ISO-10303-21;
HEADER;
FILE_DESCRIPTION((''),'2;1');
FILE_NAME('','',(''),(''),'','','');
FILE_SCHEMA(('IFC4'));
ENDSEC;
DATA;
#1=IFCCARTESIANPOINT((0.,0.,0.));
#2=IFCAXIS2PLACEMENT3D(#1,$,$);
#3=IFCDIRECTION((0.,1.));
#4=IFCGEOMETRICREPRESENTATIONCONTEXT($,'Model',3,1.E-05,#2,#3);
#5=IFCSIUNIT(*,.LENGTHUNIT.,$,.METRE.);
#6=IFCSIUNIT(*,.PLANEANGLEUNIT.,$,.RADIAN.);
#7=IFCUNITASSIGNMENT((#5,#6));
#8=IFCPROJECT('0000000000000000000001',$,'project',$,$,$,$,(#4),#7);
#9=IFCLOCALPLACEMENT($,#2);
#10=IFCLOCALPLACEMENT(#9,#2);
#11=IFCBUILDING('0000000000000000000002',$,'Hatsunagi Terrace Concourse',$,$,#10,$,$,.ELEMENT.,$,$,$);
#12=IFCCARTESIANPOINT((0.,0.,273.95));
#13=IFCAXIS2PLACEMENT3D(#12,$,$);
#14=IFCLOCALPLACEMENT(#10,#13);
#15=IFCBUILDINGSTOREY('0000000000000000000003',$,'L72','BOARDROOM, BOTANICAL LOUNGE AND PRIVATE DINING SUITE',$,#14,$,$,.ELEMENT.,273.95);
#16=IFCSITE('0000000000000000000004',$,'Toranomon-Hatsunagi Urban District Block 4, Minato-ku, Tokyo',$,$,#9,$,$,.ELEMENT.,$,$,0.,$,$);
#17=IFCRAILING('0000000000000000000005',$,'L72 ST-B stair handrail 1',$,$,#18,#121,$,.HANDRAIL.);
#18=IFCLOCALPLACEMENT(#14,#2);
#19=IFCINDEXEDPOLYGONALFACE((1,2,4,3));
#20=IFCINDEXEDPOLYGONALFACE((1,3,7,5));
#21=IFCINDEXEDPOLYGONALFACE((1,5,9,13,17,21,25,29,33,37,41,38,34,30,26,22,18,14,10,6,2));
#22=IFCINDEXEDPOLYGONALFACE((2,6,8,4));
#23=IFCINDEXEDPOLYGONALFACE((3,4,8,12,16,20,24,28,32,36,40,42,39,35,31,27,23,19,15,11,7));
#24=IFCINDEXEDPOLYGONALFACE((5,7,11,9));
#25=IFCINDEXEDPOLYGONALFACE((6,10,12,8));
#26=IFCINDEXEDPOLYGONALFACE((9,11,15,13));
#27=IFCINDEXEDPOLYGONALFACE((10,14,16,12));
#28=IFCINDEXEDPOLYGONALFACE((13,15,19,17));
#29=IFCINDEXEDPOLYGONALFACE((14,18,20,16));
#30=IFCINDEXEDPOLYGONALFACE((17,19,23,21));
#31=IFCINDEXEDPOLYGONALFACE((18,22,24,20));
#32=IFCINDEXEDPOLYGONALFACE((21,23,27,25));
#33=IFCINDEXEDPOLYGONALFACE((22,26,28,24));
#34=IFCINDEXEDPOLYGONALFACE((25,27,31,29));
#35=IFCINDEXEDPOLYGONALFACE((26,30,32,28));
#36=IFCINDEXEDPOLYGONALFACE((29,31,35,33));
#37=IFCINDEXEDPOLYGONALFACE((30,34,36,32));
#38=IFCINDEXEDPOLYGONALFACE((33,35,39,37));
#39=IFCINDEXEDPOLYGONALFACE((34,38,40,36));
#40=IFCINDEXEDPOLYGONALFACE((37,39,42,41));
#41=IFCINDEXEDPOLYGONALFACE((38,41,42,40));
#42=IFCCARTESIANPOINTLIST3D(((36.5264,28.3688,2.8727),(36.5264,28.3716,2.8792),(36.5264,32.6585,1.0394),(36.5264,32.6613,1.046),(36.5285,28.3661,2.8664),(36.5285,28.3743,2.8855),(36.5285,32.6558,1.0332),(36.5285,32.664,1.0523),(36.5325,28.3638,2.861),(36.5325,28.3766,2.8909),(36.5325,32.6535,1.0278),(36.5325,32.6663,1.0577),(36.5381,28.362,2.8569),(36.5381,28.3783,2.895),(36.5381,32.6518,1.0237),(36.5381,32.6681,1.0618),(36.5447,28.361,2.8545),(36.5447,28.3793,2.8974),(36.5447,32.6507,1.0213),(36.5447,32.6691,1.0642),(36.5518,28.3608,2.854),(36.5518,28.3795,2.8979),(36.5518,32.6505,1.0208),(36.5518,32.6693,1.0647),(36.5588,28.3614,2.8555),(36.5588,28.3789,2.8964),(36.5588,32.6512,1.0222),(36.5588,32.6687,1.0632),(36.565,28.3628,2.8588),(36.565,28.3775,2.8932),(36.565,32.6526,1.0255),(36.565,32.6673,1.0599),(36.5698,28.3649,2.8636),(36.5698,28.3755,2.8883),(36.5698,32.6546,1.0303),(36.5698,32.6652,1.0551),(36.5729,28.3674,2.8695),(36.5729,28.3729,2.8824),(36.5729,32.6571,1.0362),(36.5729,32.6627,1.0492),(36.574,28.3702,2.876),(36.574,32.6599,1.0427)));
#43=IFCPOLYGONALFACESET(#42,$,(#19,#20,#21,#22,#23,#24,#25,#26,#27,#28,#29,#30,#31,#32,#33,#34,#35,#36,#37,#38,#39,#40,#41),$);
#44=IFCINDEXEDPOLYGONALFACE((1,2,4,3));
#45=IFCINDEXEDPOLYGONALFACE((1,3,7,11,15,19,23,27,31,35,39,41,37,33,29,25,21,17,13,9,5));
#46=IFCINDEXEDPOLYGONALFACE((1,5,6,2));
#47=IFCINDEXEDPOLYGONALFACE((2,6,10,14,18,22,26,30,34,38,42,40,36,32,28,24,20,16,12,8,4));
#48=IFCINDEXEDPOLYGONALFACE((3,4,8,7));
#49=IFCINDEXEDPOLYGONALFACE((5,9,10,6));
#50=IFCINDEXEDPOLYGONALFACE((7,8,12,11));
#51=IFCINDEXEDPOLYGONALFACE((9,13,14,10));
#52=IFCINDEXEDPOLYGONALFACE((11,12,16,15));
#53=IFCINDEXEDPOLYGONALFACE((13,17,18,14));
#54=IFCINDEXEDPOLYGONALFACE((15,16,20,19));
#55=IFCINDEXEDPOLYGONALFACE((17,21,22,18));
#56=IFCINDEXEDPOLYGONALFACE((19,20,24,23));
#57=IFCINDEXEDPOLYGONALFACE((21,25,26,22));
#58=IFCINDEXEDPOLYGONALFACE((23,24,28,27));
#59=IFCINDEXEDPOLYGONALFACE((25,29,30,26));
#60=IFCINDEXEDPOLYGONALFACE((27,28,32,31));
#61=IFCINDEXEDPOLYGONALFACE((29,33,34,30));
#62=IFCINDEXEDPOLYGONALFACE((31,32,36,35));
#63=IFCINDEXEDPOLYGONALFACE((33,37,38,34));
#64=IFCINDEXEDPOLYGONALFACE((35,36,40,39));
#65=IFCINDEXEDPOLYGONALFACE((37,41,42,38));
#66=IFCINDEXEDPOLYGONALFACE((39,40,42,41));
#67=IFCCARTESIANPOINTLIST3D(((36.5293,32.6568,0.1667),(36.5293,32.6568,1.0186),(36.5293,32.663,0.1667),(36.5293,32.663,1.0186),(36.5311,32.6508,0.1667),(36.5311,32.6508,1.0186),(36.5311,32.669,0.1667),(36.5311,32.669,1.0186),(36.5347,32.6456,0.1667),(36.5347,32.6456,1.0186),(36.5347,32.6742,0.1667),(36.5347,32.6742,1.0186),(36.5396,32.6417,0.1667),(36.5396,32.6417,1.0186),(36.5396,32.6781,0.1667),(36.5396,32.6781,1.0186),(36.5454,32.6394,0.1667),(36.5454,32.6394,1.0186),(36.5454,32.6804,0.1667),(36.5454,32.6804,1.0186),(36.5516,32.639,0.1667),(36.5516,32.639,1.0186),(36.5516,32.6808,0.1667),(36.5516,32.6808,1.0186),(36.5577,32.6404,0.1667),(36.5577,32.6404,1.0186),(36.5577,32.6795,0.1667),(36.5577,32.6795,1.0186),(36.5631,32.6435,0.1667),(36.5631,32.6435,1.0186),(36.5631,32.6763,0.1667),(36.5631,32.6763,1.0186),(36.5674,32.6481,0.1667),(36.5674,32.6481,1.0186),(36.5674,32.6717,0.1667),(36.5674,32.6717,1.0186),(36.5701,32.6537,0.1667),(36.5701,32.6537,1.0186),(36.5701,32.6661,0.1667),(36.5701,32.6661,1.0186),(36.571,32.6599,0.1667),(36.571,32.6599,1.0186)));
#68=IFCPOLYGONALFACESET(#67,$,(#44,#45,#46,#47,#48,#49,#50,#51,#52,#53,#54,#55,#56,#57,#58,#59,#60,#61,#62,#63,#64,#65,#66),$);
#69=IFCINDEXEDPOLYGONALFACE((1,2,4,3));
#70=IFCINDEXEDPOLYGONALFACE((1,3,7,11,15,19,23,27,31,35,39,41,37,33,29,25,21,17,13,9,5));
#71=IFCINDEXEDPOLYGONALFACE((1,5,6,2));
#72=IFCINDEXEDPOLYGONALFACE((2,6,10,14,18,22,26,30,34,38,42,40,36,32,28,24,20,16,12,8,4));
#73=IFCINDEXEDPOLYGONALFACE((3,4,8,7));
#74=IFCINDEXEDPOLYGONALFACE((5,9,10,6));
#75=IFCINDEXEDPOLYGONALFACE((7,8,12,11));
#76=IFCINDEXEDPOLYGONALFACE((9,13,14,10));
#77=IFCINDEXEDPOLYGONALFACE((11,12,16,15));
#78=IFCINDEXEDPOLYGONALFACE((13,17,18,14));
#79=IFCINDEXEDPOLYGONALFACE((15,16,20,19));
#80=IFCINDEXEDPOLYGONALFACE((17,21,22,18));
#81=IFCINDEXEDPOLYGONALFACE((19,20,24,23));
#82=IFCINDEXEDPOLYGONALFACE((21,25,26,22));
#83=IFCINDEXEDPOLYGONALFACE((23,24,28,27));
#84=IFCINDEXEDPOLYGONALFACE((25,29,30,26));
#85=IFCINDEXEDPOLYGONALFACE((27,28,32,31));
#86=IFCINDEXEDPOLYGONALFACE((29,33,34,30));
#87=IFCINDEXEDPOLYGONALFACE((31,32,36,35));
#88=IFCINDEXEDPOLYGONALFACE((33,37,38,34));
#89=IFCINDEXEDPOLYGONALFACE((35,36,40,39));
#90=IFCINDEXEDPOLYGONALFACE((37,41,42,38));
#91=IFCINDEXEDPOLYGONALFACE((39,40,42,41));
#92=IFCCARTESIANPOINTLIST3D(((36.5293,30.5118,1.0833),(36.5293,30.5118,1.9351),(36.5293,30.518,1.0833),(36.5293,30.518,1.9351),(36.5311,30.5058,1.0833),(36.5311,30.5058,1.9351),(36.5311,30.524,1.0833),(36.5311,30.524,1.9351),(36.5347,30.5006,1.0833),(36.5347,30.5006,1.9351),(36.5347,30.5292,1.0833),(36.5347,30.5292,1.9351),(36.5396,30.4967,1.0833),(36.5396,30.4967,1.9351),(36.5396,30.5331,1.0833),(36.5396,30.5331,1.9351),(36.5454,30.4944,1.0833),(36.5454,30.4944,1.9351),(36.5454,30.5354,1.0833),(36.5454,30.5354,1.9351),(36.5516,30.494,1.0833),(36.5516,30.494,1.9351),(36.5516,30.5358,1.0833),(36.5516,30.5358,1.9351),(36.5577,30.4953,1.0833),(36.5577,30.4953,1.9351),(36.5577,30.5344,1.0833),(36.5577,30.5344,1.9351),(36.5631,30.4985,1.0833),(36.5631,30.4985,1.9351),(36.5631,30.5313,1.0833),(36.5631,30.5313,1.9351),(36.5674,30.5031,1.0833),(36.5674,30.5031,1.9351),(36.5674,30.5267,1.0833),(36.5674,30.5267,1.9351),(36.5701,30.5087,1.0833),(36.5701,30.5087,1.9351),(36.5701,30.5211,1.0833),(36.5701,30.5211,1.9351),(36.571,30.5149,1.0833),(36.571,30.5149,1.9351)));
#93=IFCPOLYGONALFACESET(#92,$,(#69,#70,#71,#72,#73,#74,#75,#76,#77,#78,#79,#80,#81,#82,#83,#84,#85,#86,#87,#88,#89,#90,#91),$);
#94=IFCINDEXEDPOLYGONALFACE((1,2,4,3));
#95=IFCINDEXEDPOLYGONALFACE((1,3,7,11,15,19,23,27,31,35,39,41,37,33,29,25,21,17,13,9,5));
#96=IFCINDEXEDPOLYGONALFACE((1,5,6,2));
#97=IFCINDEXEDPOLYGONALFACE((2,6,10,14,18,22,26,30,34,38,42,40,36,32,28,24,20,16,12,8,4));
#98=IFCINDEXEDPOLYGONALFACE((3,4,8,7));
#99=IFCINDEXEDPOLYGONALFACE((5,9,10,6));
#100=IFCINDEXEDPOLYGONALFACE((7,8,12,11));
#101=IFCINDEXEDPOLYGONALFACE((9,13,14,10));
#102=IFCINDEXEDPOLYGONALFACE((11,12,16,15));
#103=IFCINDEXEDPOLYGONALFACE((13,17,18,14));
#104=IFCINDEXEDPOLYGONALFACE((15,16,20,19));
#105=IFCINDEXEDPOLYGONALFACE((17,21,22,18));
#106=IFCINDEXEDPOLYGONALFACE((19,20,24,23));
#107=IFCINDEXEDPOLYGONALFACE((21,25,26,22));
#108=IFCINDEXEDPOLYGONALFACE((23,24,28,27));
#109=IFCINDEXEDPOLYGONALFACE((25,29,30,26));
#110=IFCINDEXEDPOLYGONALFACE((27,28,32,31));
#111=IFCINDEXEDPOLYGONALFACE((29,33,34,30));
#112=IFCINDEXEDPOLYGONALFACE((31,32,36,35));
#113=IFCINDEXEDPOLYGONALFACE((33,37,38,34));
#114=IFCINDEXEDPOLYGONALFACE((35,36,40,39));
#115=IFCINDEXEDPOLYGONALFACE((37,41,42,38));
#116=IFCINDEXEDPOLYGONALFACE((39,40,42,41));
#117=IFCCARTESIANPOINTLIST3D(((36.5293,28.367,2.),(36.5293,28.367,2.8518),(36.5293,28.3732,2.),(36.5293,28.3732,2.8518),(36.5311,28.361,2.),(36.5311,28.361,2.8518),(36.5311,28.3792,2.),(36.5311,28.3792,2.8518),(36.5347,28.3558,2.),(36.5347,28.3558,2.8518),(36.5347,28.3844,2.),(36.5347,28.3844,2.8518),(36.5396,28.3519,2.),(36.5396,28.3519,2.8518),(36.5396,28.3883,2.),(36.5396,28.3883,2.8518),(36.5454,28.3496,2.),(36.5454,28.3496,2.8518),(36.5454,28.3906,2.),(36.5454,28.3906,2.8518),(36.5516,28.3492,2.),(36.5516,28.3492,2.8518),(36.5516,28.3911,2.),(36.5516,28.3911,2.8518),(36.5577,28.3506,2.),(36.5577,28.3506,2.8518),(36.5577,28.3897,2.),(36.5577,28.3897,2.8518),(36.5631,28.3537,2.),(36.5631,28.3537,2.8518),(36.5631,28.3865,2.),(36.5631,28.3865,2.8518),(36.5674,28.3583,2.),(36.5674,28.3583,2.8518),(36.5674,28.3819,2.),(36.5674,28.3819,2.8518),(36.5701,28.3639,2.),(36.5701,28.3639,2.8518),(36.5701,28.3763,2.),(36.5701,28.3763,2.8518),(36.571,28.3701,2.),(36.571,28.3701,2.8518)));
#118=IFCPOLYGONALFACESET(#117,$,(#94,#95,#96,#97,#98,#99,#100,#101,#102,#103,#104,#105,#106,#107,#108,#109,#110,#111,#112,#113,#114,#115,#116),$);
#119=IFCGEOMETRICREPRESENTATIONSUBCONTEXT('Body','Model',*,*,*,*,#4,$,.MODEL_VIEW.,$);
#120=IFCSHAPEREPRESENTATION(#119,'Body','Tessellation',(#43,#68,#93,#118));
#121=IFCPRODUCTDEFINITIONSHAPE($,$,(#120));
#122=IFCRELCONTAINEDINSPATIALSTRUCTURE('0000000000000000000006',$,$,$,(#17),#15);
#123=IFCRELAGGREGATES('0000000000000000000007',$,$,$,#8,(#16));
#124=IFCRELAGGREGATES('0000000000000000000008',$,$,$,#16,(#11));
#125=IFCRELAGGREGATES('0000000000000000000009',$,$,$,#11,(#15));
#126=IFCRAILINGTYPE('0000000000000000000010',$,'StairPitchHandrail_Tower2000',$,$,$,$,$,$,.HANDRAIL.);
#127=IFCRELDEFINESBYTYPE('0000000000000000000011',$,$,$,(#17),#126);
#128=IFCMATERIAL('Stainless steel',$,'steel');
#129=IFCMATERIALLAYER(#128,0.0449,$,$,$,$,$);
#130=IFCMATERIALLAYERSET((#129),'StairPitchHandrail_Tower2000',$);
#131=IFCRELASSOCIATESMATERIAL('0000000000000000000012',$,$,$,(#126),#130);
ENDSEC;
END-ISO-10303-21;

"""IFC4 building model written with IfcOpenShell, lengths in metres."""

from ifc_helpers import new_model, si_unit, direction, frame, origin, origin_2d, place, context, subcontext, project, spatial, circle, extrude, material, layer, layer_set, type_object, element, save


model = new_model("IFC4")

# Units and contexts
model_context = context("Model", 3, precision=1e-05, world=origin(), true_north=direction((0.0, 1.0)))
body_context = subcontext(model_context, "Body", "Model", "MODEL_VIEW")
ifc_project = project(units=[si_unit("LENGTHUNIT", "METRE"), si_unit("PLANEANGLEUNIT", "RADIAN")], contexts=[model_context])

# Site, building, storey
site_placement = place(None, origin())
site = spatial("IfcSite", under=ifc_project, at=site_placement, Name="Toranomon-Hatsunagi Urban District Block 4, Minato-ku, Tokyo", CompositionType="ELEMENT", RefElevation=0.0)
building_placement = place(site_placement, origin())
building = spatial("IfcBuilding", under=site, at=building_placement, Name="Hatsunagi Terrace Concourse", CompositionType="ELEMENT")
storey_placement = place(building_placement, frame((0.0, 0.0, 273.95)))
storey = spatial("IfcBuildingStorey", under=building, at=storey_placement, Name="L72", Description="BOARDROOM, BOTANICAL LOUNGE AND PRIVATE DINING SUITE", CompositionType="ELEMENT", Elevation=273.95)

# Railing
ifc_material_1 = material(Name="Stainless steel", Category="steel")
ifc_layer_1 = layer(ifc_material_1, 0.0449)
ifc_layer_set_1 = layer_set([ifc_layer_1], Name="StairPitchHandrail_Tower2000")
railing_type_1 = type_object("IfcRailingType", Name="StairPitchHandrail_Tower2000", PredefinedType="HANDRAIL", material=ifc_layer_set_1)
railing_1_placement = place(storey_placement, frame((36.55, 32.6599, 0.1667)))
element("IfcRailing", 1, at=railing_1_placement, inside=storey, type_object=railing_type_1, Name="L72 ST-B stair handrail 1", PredefinedType="HANDRAIL", context=body_context, shape_type="SweptSolid", body=[
    extrude(circle(Radius=0.0239, at=origin_2d()), frame((0.0, 0.0, 0.876), z_axis=(0.0, -0.919551, 0.392972), x_axis=(1.0, 0.0, 0.0)), (0.0, 0.0, 1.0), 4.665),
    extrude(circle(Radius=0.021, at=origin_2d()), origin(), (0.0, 0.0, 1.0), 0.8518),
    extrude(circle(Radius=0.021, at=origin_2d()), frame((0.0, -2.145, 0.9165)), (0.0, 0.0, 1.0), 0.8518),
    extrude(circle(Radius=0.021, at=origin_2d()), frame((0.0, -4.2898, 1.8333)), (0.0, 0.0, 1.0), 0.8518),
])

save(model, "model.ifc")
